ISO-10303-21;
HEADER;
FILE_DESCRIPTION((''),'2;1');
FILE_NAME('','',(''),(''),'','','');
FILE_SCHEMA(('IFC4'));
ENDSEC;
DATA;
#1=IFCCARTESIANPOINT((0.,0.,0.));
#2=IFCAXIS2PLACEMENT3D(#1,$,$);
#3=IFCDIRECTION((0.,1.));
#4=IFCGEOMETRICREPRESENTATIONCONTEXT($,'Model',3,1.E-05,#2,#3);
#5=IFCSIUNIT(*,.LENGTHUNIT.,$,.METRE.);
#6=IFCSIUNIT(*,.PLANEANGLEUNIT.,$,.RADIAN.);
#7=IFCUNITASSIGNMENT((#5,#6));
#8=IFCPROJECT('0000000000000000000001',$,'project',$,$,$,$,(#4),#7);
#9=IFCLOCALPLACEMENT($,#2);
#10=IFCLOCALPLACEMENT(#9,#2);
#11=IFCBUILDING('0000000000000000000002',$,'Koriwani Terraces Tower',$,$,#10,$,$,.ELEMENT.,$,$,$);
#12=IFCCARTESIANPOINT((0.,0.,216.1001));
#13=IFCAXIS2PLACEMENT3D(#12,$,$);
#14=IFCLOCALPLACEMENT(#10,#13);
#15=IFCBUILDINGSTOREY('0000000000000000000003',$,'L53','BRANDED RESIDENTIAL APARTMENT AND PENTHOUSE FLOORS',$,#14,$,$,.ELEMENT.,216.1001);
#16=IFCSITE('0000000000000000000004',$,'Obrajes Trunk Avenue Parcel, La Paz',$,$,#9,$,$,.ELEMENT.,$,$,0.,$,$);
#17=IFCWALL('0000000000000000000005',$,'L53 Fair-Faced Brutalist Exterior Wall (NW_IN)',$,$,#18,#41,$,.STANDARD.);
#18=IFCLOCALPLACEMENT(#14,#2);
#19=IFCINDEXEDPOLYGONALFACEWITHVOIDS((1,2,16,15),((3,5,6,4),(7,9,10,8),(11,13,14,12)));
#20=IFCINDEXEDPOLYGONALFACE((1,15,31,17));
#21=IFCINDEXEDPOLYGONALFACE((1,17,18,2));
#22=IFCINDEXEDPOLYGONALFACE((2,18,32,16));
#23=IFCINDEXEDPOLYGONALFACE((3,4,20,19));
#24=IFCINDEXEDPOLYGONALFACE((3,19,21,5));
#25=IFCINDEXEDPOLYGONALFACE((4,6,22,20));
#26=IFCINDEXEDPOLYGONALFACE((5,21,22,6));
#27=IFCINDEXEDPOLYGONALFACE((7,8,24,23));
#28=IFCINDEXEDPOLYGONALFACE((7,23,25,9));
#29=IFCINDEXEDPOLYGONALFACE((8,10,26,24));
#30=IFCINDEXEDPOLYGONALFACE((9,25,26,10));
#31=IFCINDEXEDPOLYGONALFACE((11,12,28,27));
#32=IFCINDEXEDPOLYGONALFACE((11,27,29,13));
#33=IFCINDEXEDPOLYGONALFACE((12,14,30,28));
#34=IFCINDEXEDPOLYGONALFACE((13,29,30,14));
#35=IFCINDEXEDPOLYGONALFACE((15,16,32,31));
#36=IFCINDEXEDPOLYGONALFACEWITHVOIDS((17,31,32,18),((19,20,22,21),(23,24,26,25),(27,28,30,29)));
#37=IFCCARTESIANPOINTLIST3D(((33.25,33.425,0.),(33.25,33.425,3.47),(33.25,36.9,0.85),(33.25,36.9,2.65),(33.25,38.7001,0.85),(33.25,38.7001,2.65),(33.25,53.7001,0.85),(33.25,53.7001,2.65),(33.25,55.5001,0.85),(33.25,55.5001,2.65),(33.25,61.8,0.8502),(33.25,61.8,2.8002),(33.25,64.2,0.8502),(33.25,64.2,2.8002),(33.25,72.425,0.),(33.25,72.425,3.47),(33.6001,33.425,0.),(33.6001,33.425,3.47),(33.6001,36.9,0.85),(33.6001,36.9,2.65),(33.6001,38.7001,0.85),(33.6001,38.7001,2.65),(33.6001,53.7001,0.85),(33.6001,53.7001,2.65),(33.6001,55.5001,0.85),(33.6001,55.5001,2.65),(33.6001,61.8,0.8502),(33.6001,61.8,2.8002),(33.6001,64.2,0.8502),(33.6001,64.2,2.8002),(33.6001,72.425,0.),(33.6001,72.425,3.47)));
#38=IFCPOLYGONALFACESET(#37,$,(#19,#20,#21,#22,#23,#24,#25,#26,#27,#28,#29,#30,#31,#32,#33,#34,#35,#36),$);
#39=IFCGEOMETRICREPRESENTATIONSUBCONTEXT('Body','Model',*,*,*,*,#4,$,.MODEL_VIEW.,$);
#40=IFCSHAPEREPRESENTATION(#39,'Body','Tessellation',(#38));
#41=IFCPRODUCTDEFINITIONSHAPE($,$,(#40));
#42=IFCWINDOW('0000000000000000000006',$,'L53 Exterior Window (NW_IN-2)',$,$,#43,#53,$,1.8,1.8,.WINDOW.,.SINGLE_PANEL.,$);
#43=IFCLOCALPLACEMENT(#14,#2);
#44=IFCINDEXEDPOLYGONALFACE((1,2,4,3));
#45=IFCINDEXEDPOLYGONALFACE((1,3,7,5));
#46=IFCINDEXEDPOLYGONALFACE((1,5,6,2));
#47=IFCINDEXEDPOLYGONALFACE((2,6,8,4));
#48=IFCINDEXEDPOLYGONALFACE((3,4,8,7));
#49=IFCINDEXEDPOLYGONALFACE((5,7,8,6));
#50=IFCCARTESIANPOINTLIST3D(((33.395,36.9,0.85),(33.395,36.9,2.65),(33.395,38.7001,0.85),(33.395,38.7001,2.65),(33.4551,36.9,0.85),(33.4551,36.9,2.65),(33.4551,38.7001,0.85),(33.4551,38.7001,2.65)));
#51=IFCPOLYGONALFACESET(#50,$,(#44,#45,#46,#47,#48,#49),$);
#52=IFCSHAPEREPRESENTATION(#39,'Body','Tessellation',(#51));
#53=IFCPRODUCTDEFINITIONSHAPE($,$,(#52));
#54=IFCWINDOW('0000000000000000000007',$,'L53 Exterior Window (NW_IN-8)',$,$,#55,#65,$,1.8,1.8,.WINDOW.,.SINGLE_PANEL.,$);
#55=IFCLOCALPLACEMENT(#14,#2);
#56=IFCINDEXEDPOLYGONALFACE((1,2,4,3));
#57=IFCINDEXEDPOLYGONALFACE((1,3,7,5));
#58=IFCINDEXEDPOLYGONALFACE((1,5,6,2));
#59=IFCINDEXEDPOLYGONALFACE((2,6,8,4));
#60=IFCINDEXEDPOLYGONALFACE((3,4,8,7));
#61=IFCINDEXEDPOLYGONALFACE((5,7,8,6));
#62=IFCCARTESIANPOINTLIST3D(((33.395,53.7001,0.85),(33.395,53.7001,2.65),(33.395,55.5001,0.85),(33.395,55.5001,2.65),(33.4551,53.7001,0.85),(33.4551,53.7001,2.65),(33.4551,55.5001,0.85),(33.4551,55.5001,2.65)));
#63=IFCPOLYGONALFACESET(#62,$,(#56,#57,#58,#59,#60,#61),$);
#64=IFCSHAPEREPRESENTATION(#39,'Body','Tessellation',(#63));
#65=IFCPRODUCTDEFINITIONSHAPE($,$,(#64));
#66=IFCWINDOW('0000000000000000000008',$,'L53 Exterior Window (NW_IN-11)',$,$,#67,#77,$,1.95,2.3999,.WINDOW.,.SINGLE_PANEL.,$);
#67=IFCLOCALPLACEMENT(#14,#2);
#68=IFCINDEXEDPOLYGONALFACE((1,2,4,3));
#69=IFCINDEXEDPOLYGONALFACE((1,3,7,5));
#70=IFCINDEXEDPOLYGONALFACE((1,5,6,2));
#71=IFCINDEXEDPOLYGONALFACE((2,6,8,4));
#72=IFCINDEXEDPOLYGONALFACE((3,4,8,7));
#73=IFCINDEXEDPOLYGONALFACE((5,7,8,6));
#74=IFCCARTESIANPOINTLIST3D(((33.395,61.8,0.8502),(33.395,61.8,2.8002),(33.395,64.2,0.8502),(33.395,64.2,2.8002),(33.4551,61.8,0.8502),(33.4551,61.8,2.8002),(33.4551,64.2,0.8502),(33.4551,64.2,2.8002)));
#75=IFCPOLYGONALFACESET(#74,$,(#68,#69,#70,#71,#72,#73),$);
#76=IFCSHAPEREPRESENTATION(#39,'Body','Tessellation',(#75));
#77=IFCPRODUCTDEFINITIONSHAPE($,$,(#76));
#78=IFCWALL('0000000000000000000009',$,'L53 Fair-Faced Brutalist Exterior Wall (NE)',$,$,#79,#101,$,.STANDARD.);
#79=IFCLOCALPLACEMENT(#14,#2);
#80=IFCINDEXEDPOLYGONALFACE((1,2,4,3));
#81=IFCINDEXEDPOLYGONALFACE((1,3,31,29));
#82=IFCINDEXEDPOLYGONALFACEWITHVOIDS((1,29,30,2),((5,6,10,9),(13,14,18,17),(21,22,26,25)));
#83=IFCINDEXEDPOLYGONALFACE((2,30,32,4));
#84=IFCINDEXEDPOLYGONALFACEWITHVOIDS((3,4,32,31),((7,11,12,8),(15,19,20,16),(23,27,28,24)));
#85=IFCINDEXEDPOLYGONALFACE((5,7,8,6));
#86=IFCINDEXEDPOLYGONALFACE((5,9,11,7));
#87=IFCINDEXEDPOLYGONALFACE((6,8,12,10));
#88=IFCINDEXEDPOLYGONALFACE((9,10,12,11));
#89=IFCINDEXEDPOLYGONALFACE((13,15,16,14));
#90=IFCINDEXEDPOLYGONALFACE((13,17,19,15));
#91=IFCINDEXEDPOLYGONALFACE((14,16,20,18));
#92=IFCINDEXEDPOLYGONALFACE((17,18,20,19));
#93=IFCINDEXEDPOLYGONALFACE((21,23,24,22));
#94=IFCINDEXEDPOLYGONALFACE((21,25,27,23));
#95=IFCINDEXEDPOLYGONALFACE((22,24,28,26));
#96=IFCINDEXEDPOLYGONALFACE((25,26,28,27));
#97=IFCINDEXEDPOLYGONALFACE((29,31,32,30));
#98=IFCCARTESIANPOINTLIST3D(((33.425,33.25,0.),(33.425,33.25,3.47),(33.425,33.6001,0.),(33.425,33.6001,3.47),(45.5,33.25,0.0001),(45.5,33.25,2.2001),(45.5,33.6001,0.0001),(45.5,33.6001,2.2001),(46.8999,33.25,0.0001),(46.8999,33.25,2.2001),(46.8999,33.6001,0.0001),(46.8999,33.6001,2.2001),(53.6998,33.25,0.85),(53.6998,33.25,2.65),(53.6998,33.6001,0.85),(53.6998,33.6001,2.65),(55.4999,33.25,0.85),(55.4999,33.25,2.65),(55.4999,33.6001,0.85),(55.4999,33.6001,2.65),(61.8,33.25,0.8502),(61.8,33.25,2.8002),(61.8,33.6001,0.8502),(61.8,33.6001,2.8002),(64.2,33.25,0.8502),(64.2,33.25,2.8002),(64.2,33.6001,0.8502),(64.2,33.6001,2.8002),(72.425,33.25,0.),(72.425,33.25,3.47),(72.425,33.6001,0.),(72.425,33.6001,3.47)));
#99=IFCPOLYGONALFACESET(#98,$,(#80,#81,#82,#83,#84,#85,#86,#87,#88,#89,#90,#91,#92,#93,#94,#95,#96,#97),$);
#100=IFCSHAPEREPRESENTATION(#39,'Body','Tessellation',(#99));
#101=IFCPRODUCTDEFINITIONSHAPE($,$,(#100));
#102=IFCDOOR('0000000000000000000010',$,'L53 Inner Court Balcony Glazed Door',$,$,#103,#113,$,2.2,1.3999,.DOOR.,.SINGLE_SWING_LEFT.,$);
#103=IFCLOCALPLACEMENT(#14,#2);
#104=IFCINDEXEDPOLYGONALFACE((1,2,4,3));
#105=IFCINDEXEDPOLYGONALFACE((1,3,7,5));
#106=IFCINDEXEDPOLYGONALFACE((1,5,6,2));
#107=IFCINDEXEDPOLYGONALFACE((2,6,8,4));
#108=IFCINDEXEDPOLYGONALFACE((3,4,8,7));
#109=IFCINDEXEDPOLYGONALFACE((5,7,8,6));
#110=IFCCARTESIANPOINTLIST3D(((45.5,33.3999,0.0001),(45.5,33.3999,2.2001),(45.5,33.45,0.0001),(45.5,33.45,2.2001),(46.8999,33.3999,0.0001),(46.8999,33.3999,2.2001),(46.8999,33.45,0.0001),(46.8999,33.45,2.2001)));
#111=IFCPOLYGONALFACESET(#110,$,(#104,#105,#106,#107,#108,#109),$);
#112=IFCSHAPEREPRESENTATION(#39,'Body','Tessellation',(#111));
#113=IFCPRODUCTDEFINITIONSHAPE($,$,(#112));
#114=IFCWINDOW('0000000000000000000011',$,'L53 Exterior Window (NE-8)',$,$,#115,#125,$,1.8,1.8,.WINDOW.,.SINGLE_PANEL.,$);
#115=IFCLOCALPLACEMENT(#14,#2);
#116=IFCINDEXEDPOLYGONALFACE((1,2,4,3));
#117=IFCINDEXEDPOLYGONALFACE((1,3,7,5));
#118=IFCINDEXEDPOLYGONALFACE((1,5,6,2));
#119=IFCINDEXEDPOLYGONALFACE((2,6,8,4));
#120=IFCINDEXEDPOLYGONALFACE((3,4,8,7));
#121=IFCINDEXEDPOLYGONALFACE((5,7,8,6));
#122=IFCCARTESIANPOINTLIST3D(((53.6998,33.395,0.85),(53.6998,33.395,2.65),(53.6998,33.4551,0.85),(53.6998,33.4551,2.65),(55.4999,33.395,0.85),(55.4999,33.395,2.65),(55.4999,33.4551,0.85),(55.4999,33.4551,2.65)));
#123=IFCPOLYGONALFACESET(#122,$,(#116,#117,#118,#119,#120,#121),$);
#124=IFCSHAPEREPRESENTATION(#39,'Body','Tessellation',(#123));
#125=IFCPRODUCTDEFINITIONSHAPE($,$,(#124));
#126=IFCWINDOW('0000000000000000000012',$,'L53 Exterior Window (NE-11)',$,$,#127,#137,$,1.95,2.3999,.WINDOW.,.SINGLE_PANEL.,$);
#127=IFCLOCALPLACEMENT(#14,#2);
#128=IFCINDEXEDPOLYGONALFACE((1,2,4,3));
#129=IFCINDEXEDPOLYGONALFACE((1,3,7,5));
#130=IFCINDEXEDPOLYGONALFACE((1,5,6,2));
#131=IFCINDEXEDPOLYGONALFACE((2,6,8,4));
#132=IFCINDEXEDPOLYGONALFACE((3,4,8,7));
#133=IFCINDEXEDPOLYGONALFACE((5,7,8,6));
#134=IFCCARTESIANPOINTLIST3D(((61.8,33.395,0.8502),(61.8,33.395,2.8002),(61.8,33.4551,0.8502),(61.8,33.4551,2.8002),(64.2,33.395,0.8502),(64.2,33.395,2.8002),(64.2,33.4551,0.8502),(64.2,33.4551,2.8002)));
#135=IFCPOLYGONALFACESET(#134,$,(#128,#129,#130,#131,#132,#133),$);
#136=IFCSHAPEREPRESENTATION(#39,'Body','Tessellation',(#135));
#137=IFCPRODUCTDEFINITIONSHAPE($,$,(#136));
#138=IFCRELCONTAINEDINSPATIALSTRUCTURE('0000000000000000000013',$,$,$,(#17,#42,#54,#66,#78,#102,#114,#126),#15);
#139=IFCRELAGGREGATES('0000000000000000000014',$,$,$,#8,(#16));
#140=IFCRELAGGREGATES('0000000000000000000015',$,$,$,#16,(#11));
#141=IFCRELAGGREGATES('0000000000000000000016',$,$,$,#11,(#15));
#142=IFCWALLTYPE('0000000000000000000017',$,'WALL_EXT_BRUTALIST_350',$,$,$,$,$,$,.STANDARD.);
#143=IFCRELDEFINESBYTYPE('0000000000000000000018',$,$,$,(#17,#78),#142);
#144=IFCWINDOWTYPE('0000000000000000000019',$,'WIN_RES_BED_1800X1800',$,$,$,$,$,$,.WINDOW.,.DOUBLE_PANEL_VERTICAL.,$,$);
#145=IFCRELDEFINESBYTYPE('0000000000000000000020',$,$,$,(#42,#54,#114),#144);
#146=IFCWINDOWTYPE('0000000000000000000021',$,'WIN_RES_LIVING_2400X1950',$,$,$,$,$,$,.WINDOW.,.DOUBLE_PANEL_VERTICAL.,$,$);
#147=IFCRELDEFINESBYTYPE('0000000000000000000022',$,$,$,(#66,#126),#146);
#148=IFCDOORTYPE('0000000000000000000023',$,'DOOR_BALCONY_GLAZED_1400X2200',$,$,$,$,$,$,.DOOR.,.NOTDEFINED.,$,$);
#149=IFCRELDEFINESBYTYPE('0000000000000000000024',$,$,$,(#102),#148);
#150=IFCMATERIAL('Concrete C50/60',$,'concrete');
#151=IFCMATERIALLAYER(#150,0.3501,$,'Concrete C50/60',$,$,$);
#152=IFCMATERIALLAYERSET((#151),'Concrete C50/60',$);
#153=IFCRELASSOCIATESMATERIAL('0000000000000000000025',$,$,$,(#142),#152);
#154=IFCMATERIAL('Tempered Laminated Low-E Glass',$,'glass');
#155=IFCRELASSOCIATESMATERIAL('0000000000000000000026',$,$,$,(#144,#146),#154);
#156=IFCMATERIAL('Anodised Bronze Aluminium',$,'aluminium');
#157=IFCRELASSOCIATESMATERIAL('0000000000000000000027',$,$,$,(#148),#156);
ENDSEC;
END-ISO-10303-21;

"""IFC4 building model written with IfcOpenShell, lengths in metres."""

from ifc_helpers import new_model, si_unit, direction, frame, frame_2d, origin, place, context, subcontext, project, spatial, rectangle, extrude, material, layer, layer_set, type_object, element, fill, save


model = new_model("IFC4")

# Units and contexts
model_context = context("Model", 3, precision=1e-05, world=origin(), true_north=direction((0.0, 1.0)))
body_context = subcontext(model_context, "Body", "Model", "MODEL_VIEW")
ifc_project = project(units=[si_unit("LENGTHUNIT", "METRE"), si_unit("PLANEANGLEUNIT", "RADIAN")], contexts=[model_context])

# Site, building, storey
site_placement = place(None, origin())
site = spatial("IfcSite", under=ifc_project, at=site_placement, Name="Obrajes Trunk Avenue Parcel, La Paz", CompositionType="ELEMENT", RefElevation=0.0)
building_placement = place(site_placement, origin())
building = spatial("IfcBuilding", under=site, at=building_placement, Name="Koriwani Terraces Tower", CompositionType="ELEMENT")
storey_placement = place(building_placement, frame((0.0, 0.0, 216.1001)))
storey = spatial("IfcBuildingStorey", under=building, at=storey_placement, Name="L53", Description="BRANDED RESIDENTIAL APARTMENT AND PENTHOUSE FLOORS", CompositionType="ELEMENT", Elevation=216.1001)

# Shared definitions
ifc_material_1 = material(Name="Concrete C50/60", Category="concrete")

# Wall, openings, windows
ifc_layer_1 = layer(ifc_material_1, 0.3501, Name="Concrete C50/60")
ifc_layer_set_1 = layer_set([ifc_layer_1], Name="Concrete C50/60")
wall_type = type_object("IfcWallType", Name="WALL_EXT_BRUTALIST_350", PredefinedType="STANDARD", material=ifc_layer_set_1)
wall_1_placement = place(storey_placement, frame((33.425, 72.425, 0.0), z_axis=(0.0, 0.0, 1.0), x_axis=(0.0, -1.0, 0.0)))
wall_1 = element("IfcWall", 1, at=wall_1_placement, inside=storey, type_object=wall_type, Name="L53 Fair-Faced Brutalist Exterior Wall (NW_IN)", PredefinedType="STANDARD", context=body_context, shape_type="SweptSolid", body=[
    extrude(rectangle(XDim=39.0, YDim=0.3501, at=frame_2d((19.5, 0.0))), origin(), (0.0, 0.0, 1.0), 3.47),
])
opening_1_placement = place(wall_1_placement, frame((33.7251, 0.0, 0.8501)))
opening_1 = element("IfcOpeningElement", 2, at=opening_1_placement, cuts=wall_1, PredefinedType="OPENING", context=body_context, shape_type="SweptSolid", body=[
    extrude(rectangle(XDim=1.8, YDim=1.8, at=frame_2d((0.8999, 0.8999))), frame((0.0, 0.1851, 0.0), z_axis=(0.0, -1.0, 0.0), x_axis=(1.0, 0.0, 0.0)), (0.0, 0.0, 1.0), 0.3701),
])
opening_2_placement = place(wall_1_placement, frame((16.925, 0.0, 0.8501)))
opening_2 = element("IfcOpeningElement", 3, at=opening_2_placement, cuts=wall_1, PredefinedType="OPENING", context=body_context, shape_type="SweptSolid", body=[
    extrude(rectangle(XDim=1.8, YDim=1.8, at=frame_2d((0.8999, 0.8999))), frame((0.0, 0.1851, 0.0), z_axis=(0.0, -1.0, 0.0), x_axis=(1.0, 0.0, 0.0)), (0.0, 0.0, 1.0), 0.3701),
])
opening_3_placement = place(wall_1_placement, frame((8.2251, 0.0, 0.8501)))
opening_3 = element("IfcOpeningElement", 4, at=opening_3_placement, cuts=wall_1, PredefinedType="OPENING", context=body_context, shape_type="SweptSolid", body=[
    extrude(rectangle(XDim=2.3999, YDim=1.95, at=frame_2d((1.2, 0.9751))), frame((0.0, 0.1851, 0.0), z_axis=(0.0, -1.0, 0.0), x_axis=(1.0, 0.0, 0.0)), (0.0, 0.0, 1.0), 0.3701),
])
ifc_material_2 = material(Name="Tempered Laminated Low-E Glass", Category="glass")
window_type_1 = type_object("IfcWindowType", Name="WIN_RES_BED_1800X1800", PartitioningType="DOUBLE_PANEL_VERTICAL", PredefinedType="WINDOW", material=ifc_material_2)
window_1_placement = place(opening_1_placement, origin())
window_1 = element("IfcWindow", 5, at=window_1_placement, inside=storey, type_object=window_type_1, Name="L53 Exterior Window (NW_IN-2)", OverallHeight=1.8, OverallWidth=1.8, PartitioningType="SINGLE_PANEL", PredefinedType="WINDOW", context=body_context, shape_type="SweptSolid", body=[
    extrude(rectangle(XDim=1.8, YDim=1.8, at=frame_2d((0.8999, 0.8999))), frame((0.0, 0.03, 0.0), z_axis=(0.0, -1.0, 0.0), x_axis=(1.0, 0.0, 0.0)), (0.0, 0.0, 1.0), 0.0601),
])
fill(opening_1, window_1)
window_2_placement = place(opening_2_placement, origin())
window_2 = element("IfcWindow", 6, at=window_2_placement, inside=storey, type_object=window_type_1, Name="L53 Exterior Window (NW_IN-8)", OverallHeight=1.8, OverallWidth=1.8, PartitioningType="SINGLE_PANEL", PredefinedType="WINDOW", context=body_context, shape_type="SweptSolid", body=[
    extrude(rectangle(XDim=1.8, YDim=1.8, at=frame_2d((0.8999, 0.8999))), frame((0.0, 0.03, 0.0), z_axis=(0.0, -1.0, 0.0), x_axis=(1.0, 0.0, 0.0)), (0.0, 0.0, 1.0), 0.0601),
])
fill(opening_2, window_2)
window_type_2 = type_object("IfcWindowType", Name="WIN_RES_LIVING_2400X1950", PartitioningType="DOUBLE_PANEL_VERTICAL", PredefinedType="WINDOW", material=ifc_material_2)
window_3_placement = place(opening_3_placement, origin())
window_3 = element("IfcWindow", 7, at=window_3_placement, inside=storey, type_object=window_type_2, Name="L53 Exterior Window (NW_IN-11)", OverallHeight=1.95, OverallWidth=2.3999, PartitioningType="SINGLE_PANEL", PredefinedType="WINDOW", context=body_context, shape_type="SweptSolid", body=[
    extrude(rectangle(XDim=2.3999, YDim=1.95, at=frame_2d((1.2, 0.9751))), frame((0.0, 0.03, 0.0), z_axis=(0.0, -1.0, 0.0), x_axis=(1.0, 0.0, 0.0)), (0.0, 0.0, 1.0), 0.0601),
])
fill(opening_3, window_3)

# Wall, openings, door, windows
wall_2_placement = place(storey_placement, frame((33.425, 33.425, 0.0), z_axis=(0.0, 0.0, 1.0), x_axis=(1.0, 0.0, 0.0)))
wall_2 = element("IfcWall", 8, at=wall_2_placement, inside=storey, type_object=wall_type, Name="L53 Fair-Faced Brutalist Exterior Wall (NE)", PredefinedType="STANDARD", context=body_context, shape_type="SweptSolid", body=[
    extrude(rectangle(XDim=39.0, YDim=0.3501, at=frame_2d((19.5, 0.0))), origin(), (0.0, 0.0, 1.0), 3.47),
])
opening_4_placement = place(wall_2_placement, frame((12.075, 0.0, 0.0)))
opening_4 = element("IfcOpeningElement", 9, at=opening_4_placement, cuts=wall_2, PredefinedType="OPENING", context=body_context, shape_type="SweptSolid", body=[
    extrude(rectangle(XDim=1.3999, YDim=2.2, at=frame_2d((0.7, 1.1001))), frame((0.0, 0.1851, 0.0), z_axis=(0.0, -1.0, 0.0), x_axis=(1.0, 0.0, 0.0)), (0.0, 0.0, 1.0), 0.3701),
])
opening_5_placement = place(wall_2_placement, frame((20.2749, 0.0, 0.8501)))
opening_5 = element("IfcOpeningElement", 10, at=opening_5_placement, cuts=wall_2, PredefinedType="OPENING", context=body_context, shape_type="SweptSolid", body=[
    extrude(rectangle(XDim=1.8, YDim=1.8, at=frame_2d((0.8999, 0.8999))), frame((0.0, 0.1851, 0.0), z_axis=(0.0, -1.0, 0.0), x_axis=(1.0, 0.0, 0.0)), (0.0, 0.0, 1.0), 0.3701),
])
opening_6_placement = place(wall_2_placement, frame((28.375, 0.0, 0.8501)))
opening_6 = element("IfcOpeningElement", 11, at=opening_6_placement, cuts=wall_2, PredefinedType="OPENING", context=body_context, shape_type="SweptSolid", body=[
    extrude(rectangle(XDim=2.3999, YDim=1.95, at=frame_2d((1.2, 0.9751))), frame((0.0, 0.1851, 0.0), z_axis=(0.0, -1.0, 0.0), x_axis=(1.0, 0.0, 0.0)), (0.0, 0.0, 1.0), 0.3701),
])
ifc_material_3 = material(Name="Anodised Bronze Aluminium", Category="aluminium")
door_type = type_object("IfcDoorType", Name="DOOR_BALCONY_GLAZED_1400X2200", OperationType="NOTDEFINED", PredefinedType="DOOR", material=ifc_material_3)
door_placement = place(opening_4_placement, origin())
door = element("IfcDoor", 12, at=door_placement, inside=storey, type_object=door_type, Name="L53 Inner Court Balcony Glazed Door", OperationType="SINGLE_SWING_LEFT", OverallHeight=2.2, OverallWidth=1.3999, PredefinedType="DOOR", context=body_context, shape_type="SweptSolid", body=[
    extrude(rectangle(XDim=1.3999, YDim=2.2, at=frame_2d((0.7, 1.1001))), frame((0.0, 0.0249, 0.0), z_axis=(0.0, -1.0, 0.0), x_axis=(1.0, 0.0, 0.0)), (0.0, 0.0, 1.0), 0.05),
])
fill(opening_4, door)
window_4_placement = place(opening_5_placement, origin())
window_4 = element("IfcWindow", 13, at=window_4_placement, inside=storey, type_object=window_type_1, Name="L53 Exterior Window (NE-8)", OverallHeight=1.8, OverallWidth=1.8, PartitioningType="SINGLE_PANEL", PredefinedType="WINDOW", context=body_context, shape_type="SweptSolid", body=[
    extrude(rectangle(XDim=1.8, YDim=1.8, at=frame_2d((0.8999, 0.8999))), frame((0.0, 0.03, 0.0), z_axis=(0.0, -1.0, 0.0), x_axis=(1.0, 0.0, 0.0)), (0.0, 0.0, 1.0), 0.0601),
])
fill(opening_5, window_4)
window_5_placement = place(opening_6_placement, origin())
window_5 = element("IfcWindow", 14, at=window_5_placement, inside=storey, type_object=window_type_2, Name="L53 Exterior Window (NE-11)", OverallHeight=1.95, OverallWidth=2.3999, PartitioningType="SINGLE_PANEL", PredefinedType="WINDOW", context=body_context, shape_type="SweptSolid", body=[
    extrude(rectangle(XDim=2.3999, YDim=1.95, at=frame_2d((1.2, 0.9751))), frame((0.0, 0.03, 0.0), z_axis=(0.0, -1.0, 0.0), x_axis=(1.0, 0.0, 0.0)), (0.0, 0.0, 1.0), 0.0601),
])
fill(opening_6, window_5)

save(model, "model.ifc")
